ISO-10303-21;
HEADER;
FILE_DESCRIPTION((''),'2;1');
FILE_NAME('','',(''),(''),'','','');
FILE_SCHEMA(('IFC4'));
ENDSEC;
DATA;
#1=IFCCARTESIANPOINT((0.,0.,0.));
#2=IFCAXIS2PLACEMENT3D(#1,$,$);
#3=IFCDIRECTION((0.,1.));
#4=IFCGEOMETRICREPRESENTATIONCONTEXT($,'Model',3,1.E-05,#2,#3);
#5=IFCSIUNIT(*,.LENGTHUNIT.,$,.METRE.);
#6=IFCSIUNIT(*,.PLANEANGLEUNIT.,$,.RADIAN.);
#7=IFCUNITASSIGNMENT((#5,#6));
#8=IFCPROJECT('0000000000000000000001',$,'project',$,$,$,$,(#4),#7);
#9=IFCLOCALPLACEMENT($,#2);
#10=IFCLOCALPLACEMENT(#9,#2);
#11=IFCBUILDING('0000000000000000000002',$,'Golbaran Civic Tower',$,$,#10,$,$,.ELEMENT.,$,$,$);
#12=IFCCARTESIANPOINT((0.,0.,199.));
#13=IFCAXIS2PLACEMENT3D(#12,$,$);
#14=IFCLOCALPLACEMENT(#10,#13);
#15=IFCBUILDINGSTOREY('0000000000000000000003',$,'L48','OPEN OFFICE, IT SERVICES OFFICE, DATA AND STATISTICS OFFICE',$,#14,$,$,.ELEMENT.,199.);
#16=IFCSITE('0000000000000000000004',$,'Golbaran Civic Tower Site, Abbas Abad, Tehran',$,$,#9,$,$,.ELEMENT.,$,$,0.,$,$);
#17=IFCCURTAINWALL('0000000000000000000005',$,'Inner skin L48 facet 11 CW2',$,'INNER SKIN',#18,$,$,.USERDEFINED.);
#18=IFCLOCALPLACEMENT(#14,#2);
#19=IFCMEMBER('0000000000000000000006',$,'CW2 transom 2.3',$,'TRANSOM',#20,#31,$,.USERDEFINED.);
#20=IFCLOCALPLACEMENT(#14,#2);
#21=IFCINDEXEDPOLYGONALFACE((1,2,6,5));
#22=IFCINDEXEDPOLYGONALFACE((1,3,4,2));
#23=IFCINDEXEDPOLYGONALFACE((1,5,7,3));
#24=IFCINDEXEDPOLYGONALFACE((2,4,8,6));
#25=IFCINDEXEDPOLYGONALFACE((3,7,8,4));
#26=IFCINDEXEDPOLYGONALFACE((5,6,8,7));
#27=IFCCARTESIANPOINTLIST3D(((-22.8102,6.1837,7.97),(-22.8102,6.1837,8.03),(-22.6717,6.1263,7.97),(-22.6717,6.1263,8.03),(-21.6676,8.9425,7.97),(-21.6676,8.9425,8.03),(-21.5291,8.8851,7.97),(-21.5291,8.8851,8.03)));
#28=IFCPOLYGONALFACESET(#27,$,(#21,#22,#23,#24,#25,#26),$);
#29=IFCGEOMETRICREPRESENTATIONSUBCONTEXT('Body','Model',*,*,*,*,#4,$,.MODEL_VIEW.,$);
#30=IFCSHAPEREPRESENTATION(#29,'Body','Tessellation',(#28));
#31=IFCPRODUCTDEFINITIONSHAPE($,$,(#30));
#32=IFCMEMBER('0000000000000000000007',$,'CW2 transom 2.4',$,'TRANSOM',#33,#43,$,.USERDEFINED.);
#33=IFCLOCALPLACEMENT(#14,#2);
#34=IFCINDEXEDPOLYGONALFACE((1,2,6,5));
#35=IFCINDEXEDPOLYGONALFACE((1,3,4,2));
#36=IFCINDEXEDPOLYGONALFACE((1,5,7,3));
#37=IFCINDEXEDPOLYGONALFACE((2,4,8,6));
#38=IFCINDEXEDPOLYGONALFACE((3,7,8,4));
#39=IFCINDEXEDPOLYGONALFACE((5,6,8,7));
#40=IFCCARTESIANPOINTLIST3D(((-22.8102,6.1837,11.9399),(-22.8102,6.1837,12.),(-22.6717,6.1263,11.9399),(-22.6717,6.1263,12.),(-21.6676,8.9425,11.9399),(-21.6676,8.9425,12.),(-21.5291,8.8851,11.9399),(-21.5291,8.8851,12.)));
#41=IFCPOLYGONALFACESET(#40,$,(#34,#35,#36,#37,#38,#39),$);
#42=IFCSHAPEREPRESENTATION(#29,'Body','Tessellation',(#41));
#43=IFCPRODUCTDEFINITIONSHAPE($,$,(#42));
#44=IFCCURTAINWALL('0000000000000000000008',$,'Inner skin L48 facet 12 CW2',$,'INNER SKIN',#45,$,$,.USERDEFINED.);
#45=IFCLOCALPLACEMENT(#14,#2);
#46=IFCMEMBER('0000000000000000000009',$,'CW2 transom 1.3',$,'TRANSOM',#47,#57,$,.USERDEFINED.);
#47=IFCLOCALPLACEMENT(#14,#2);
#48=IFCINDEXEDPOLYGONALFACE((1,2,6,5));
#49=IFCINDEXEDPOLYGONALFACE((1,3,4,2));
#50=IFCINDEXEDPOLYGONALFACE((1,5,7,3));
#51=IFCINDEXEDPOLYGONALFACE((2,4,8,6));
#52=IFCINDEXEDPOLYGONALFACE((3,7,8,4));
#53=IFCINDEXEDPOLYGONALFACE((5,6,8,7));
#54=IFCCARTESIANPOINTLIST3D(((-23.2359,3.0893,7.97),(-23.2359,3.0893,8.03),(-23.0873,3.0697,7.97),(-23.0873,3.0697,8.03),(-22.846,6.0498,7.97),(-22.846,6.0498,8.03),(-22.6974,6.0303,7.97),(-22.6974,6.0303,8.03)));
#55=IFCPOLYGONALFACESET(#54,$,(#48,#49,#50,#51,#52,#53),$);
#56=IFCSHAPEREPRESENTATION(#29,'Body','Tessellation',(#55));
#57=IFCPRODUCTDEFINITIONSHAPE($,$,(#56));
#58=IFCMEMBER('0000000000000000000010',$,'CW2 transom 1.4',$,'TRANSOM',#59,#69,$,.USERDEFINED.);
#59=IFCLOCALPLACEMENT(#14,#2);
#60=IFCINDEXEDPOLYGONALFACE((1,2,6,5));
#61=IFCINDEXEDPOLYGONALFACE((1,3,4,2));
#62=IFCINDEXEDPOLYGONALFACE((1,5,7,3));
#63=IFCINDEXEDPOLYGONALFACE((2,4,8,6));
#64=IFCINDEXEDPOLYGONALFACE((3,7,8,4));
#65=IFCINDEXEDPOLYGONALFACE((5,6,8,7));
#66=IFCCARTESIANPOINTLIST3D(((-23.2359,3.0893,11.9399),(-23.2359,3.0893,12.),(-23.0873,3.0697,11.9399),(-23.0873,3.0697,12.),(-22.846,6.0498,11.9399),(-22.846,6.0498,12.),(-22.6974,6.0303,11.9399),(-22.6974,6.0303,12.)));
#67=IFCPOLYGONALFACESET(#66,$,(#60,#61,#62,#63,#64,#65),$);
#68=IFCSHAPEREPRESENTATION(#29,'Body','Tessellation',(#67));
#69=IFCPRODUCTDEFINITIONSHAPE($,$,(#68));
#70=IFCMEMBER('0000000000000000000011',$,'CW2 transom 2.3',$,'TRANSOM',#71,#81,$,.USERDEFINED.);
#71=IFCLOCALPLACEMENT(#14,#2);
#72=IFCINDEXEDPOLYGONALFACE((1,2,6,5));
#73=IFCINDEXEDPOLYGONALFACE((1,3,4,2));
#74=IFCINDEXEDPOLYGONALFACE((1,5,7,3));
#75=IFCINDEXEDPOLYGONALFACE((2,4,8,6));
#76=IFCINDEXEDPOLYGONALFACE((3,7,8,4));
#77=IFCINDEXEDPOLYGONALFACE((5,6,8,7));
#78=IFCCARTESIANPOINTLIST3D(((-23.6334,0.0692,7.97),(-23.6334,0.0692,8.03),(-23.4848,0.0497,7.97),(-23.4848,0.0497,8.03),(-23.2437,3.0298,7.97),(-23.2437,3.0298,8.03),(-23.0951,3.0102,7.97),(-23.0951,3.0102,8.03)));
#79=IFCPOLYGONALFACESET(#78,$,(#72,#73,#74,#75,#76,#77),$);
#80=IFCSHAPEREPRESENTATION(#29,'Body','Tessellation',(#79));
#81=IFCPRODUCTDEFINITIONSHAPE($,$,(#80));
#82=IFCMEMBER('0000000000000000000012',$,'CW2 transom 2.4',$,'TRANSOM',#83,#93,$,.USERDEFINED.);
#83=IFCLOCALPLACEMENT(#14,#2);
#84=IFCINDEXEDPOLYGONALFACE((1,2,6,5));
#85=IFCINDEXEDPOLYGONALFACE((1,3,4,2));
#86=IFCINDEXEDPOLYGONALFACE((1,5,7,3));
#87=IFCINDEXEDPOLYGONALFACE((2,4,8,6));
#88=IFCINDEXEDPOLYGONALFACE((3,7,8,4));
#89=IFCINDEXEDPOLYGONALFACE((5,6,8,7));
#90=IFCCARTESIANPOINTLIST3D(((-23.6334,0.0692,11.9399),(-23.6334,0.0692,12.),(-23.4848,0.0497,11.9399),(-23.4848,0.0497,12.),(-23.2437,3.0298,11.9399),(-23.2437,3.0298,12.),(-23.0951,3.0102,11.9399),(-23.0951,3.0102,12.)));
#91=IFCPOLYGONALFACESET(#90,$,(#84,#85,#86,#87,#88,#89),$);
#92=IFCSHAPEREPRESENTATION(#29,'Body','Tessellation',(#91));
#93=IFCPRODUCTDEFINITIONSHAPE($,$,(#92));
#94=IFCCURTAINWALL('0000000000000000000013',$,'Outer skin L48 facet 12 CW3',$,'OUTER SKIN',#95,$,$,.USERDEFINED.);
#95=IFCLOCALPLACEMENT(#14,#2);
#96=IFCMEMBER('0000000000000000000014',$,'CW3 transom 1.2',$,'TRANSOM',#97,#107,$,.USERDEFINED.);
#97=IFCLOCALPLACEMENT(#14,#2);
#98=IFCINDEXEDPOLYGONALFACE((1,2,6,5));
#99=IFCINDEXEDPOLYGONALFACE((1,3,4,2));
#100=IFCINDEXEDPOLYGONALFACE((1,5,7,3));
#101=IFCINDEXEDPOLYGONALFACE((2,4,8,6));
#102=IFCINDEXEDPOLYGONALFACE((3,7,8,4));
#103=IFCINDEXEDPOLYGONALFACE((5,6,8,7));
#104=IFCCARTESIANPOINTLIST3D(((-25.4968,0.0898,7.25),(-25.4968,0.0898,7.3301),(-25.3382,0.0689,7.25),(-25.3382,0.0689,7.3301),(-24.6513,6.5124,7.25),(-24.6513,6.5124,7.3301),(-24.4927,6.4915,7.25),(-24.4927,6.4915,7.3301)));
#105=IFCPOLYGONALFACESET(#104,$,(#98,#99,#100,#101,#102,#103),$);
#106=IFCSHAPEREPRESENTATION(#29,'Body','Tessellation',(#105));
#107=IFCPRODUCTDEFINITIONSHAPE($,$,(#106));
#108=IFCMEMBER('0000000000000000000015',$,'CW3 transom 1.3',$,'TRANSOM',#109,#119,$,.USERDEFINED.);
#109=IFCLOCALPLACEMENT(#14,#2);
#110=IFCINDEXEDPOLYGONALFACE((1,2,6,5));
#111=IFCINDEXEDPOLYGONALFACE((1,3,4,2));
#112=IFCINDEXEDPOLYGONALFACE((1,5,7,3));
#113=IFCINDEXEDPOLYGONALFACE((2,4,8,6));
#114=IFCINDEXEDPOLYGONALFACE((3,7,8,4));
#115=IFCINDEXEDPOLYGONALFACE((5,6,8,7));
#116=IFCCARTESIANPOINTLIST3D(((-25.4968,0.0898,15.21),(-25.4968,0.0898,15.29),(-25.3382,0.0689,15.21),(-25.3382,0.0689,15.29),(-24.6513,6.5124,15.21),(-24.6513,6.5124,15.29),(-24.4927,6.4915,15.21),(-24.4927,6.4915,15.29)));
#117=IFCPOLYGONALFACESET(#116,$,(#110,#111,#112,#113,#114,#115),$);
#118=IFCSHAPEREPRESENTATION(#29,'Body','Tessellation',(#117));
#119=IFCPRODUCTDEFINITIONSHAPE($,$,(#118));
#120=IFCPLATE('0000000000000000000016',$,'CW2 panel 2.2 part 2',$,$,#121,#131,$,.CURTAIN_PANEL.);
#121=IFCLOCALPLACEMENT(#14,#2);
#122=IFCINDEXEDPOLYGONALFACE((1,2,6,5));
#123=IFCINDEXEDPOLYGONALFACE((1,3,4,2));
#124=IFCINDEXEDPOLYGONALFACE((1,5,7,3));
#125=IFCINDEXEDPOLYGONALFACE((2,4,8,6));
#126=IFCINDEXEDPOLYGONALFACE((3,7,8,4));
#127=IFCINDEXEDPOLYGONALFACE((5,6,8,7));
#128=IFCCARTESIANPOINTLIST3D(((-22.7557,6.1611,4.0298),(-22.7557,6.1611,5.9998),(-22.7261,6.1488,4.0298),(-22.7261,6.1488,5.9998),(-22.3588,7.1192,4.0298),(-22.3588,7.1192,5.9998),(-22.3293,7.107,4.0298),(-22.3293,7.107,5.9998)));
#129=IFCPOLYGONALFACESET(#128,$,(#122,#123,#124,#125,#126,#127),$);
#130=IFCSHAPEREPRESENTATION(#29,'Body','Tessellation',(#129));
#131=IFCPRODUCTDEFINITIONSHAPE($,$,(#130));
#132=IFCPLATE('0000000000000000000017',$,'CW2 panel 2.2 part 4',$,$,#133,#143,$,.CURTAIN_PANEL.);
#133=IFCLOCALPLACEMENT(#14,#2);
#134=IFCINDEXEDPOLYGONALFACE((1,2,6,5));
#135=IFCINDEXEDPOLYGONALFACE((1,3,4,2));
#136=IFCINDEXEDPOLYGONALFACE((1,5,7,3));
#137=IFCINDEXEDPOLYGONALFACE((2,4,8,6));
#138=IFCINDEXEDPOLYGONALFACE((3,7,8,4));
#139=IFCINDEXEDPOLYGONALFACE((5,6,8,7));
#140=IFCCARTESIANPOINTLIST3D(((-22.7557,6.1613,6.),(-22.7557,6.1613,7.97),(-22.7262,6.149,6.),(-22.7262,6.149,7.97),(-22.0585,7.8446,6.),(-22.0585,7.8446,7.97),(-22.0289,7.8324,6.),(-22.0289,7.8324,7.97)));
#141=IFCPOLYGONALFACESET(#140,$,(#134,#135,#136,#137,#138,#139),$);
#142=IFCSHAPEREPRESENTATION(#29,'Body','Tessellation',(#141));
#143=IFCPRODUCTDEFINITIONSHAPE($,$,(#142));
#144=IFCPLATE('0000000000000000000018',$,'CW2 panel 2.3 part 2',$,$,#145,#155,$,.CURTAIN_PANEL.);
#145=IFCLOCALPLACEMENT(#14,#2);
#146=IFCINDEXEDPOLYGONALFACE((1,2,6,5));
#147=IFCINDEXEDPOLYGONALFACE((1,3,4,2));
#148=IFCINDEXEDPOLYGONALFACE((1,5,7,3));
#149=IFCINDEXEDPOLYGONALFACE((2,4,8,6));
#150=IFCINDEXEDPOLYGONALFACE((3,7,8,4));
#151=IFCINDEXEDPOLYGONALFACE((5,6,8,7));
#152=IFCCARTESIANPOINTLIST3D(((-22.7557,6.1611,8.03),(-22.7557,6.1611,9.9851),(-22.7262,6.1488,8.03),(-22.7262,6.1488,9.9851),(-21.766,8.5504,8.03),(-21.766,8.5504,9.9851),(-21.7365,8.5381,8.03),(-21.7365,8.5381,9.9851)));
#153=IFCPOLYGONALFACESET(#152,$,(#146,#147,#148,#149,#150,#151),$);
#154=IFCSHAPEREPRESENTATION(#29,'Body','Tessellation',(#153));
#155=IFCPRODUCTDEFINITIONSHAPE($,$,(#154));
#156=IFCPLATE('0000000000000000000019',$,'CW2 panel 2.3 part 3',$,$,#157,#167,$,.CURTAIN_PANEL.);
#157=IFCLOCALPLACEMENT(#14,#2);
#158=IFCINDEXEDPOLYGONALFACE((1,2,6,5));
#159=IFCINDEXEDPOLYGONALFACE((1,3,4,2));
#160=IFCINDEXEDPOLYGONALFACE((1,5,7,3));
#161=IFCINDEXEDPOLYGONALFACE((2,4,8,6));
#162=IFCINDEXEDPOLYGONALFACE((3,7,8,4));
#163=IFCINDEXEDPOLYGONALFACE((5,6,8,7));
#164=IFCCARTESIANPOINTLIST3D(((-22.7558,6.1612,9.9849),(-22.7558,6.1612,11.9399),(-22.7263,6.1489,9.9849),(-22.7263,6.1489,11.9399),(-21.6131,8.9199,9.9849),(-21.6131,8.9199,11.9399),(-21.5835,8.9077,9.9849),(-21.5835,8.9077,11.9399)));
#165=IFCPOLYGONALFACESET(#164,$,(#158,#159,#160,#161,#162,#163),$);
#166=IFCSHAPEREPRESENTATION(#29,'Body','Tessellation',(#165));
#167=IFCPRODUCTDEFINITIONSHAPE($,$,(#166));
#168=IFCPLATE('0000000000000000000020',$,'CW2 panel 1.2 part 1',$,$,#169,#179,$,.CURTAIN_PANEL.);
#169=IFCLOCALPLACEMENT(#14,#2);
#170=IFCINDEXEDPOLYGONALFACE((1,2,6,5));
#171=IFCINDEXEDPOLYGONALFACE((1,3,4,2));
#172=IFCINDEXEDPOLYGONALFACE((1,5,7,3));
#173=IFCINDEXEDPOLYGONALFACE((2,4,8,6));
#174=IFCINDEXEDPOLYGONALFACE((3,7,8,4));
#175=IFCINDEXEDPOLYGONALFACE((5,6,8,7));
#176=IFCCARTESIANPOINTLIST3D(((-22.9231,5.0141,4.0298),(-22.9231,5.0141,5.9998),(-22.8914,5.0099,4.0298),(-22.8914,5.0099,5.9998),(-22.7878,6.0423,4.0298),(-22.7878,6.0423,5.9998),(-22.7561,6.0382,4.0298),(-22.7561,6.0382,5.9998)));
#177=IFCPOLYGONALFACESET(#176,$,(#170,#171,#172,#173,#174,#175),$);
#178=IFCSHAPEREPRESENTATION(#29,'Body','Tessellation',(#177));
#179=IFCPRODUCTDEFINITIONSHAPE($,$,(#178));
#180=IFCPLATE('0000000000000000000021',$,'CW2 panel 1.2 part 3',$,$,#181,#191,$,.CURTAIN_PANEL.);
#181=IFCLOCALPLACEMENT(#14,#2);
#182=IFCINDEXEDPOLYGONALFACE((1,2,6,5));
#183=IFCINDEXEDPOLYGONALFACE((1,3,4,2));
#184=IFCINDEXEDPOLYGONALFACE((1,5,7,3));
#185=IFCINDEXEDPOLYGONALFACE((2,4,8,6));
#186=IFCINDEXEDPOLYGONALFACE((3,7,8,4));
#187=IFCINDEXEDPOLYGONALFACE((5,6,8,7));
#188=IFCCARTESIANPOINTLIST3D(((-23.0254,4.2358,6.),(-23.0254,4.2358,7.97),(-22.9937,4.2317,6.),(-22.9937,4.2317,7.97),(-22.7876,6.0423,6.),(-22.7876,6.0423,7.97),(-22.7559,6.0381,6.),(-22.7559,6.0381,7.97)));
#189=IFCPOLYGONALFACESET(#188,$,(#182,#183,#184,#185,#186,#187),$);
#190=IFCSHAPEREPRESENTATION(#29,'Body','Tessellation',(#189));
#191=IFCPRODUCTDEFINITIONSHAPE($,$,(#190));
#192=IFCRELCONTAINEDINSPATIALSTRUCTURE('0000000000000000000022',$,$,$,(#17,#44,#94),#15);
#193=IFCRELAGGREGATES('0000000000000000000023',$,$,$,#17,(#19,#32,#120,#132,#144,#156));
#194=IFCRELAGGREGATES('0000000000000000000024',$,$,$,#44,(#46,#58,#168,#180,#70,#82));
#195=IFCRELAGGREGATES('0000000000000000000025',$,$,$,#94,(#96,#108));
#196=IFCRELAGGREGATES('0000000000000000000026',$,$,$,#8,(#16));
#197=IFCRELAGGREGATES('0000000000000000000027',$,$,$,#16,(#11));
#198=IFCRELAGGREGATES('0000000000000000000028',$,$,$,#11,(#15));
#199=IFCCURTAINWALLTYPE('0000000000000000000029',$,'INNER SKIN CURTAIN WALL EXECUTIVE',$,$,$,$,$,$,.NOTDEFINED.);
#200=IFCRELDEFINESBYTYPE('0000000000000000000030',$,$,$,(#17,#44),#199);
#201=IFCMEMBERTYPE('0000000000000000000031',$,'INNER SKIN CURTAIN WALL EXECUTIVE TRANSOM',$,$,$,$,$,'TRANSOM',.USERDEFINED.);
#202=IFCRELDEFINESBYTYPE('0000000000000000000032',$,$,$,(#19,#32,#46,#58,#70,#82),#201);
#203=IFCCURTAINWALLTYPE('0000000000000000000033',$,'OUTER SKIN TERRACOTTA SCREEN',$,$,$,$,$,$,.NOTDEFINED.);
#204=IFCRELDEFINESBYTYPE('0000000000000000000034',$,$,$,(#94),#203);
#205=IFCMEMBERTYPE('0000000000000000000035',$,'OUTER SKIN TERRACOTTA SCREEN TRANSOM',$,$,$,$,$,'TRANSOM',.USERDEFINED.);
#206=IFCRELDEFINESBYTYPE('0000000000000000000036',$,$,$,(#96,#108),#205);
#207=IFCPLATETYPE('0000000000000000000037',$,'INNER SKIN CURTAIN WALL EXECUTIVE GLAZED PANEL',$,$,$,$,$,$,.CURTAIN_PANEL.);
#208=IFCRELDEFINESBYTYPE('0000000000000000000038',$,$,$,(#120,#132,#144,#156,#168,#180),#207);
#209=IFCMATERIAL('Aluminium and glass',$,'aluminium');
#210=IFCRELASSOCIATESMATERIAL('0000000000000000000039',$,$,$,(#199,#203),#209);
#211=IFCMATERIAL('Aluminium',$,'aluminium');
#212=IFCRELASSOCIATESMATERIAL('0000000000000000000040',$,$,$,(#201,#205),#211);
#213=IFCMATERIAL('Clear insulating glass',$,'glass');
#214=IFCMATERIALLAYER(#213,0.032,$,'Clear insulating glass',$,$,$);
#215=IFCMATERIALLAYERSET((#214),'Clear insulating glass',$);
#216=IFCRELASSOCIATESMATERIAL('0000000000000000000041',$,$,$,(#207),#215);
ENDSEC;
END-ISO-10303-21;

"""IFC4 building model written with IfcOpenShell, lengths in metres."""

from ifc_helpers import new_model, si_unit, direction, frame, origin, origin_2d, place, context, subcontext, project, spatial, rectangle, extrude, material, layer, layer_set, material_profile, profile_set, type_object, element, aggregate, save


model = new_model("IFC4")

# Units and contexts
model_context = context("Model", 3, precision=1e-05, world=origin(), true_north=direction((0.0, 1.0)))
body_context = subcontext(model_context, "Body", "Model", "MODEL_VIEW")
ifc_project = project(units=[si_unit("LENGTHUNIT", "METRE"), si_unit("PLANEANGLEUNIT", "RADIAN")], contexts=[model_context])

# Site, building, storey
site_placement = place(None, origin())
site = spatial("IfcSite", under=ifc_project, at=site_placement, Name="Golbaran Civic Tower Site, Abbas Abad, Tehran", CompositionType="ELEMENT", RefElevation=0.0)
building_placement = place(site_placement, origin())
building = spatial("IfcBuilding", under=site, at=building_placement, Name="Golbaran Civic Tower", CompositionType="ELEMENT")
storey_placement = place(building_placement, frame((0.0, 0.0, 199.0)))
storey = spatial("IfcBuildingStorey", under=building, at=storey_placement, Name="L48", Description="OPEN OFFICE, IT SERVICES OFFICE, DATA AND STATISTICS OFFICE", CompositionType="ELEMENT", Elevation=199.0)

# Curtain walls, members
ifc_material_1 = material(Name="Aluminium and glass", Category="aluminium")
curtain_wall_type_1 = type_object("IfcCurtainWallType", Name="INNER SKIN CURTAIN WALL EXECUTIVE", PredefinedType="NOTDEFINED", material=ifc_material_1)
curtain_wall_1_placement = place(storey_placement, origin())
curtain_wall_1 = element("IfcCurtainWall", 1, at=curtain_wall_1_placement, inside=storey, type_object=curtain_wall_type_1, Name="Inner skin L48 facet 11 CW2", ObjectType="INNER SKIN", PredefinedType="USERDEFINED")
ifc_material_2 = material(Name="Aluminium", Category="aluminium")
ifc_material_profile_1 = material_profile(ifc_material_2, rectangle(XDim=0.1499, YDim=0.0601, at=origin_2d()), Name="INNER SKIN CURTAIN WALL EXECUTIVE TRANSOM")
ifc_profile_set_1 = profile_set([ifc_material_profile_1], Name="Aluminium")
member_type_1 = type_object("IfcMemberType", Name="INNER SKIN CURTAIN WALL EXECUTIVE TRANSOM", ElementType="TRANSOM", PredefinedType="USERDEFINED", material=ifc_profile_set_1)
member_1_placement = place(storey_placement, frame((-21.5984, 8.9138, 8.0), z_axis=(-0.382641, -0.923897, 0.0), x_axis=(0.923897, -0.382641, 0.0)))
member_1 = element("IfcMember", 2, at=member_1_placement, type_object=member_type_1, Name="CW2 transom 2.3", ObjectType="TRANSOM", PredefinedType="USERDEFINED", context=body_context, shape_type="SweptSolid", body=[
    extrude(rectangle(XDim=0.1499, YDim=0.0601, at=origin_2d()), origin(), (0.0, 0.0, 1.0), 2.9861),
])
member_2_placement = place(storey_placement, frame((-21.5984, 8.9138, 11.97), z_axis=(-0.382641, -0.923897, 0.0), x_axis=(0.923897, -0.382641, 0.0)))
member_2 = element("IfcMember", 3, at=member_2_placement, type_object=member_type_1, Name="CW2 transom 2.4", ObjectType="TRANSOM", PredefinedType="USERDEFINED", context=body_context, shape_type="SweptSolid", body=[
    extrude(rectangle(XDim=0.1499, YDim=0.0601, at=origin_2d()), origin(), (0.0, 0.0, 1.0), 2.9861),
])
curtain_wall_2_placement = place(storey_placement, origin())
curtain_wall_2 = element("IfcCurtainWall", 4, at=curtain_wall_2_placement, inside=storey, type_object=curtain_wall_type_1, Name="Inner skin L48 facet 12 CW2", ObjectType="INNER SKIN", PredefinedType="USERDEFINED")
member_3_placement = place(storey_placement, frame((-22.7717, 6.04, 8.0), z_axis=(-0.130573, -0.991439, 0.0), x_axis=(0.991439, -0.130573, 0.0)))
member_3 = element("IfcMember", 5, at=member_3_placement, type_object=member_type_1, Name="CW2 transom 1.3", ObjectType="TRANSOM", PredefinedType="USERDEFINED", context=body_context, shape_type="SweptSolid", body=[
    extrude(rectangle(XDim=0.1499, YDim=0.0601, at=origin_2d()), origin(), (0.0, 0.0, 1.0), 2.9861),
])
member_4_placement = place(storey_placement, frame((-22.7717, 6.04, 11.97), z_axis=(-0.130573, -0.991439, 0.0), x_axis=(0.991439, -0.130573, 0.0)))
member_4 = element("IfcMember", 6, at=member_4_placement, type_object=member_type_1, Name="CW2 transom 1.4", ObjectType="TRANSOM", PredefinedType="USERDEFINED", context=body_context, shape_type="SweptSolid", body=[
    extrude(rectangle(XDim=0.1499, YDim=0.0601, at=origin_2d()), origin(), (0.0, 0.0, 1.0), 2.9861),
])
member_5_placement = place(storey_placement, frame((-23.1694, 3.02, 8.0), z_axis=(-0.130493, -0.991449, 0.0), x_axis=(0.991449, -0.130493, 0.0)))
member_5 = element("IfcMember", 7, at=member_5_placement, type_object=member_type_1, Name="CW2 transom 2.3", ObjectType="TRANSOM", PredefinedType="USERDEFINED", context=body_context, shape_type="SweptSolid", body=[
    extrude(rectangle(XDim=0.1499, YDim=0.0601, at=origin_2d()), origin(), (0.0, 0.0, 1.0), 2.9861),
])
member_6_placement = place(storey_placement, frame((-23.1694, 3.02, 11.97), z_axis=(-0.130493, -0.991449, 0.0), x_axis=(0.991449, -0.130493, 0.0)))
member_6 = element("IfcMember", 8, at=member_6_placement, type_object=member_type_1, Name="CW2 transom 2.4", ObjectType="TRANSOM", PredefinedType="USERDEFINED", context=body_context, shape_type="SweptSolid", body=[
    extrude(rectangle(XDim=0.1499, YDim=0.0601, at=origin_2d()), origin(), (0.0, 0.0, 1.0), 2.9861),
])
curtain_wall_type_2 = type_object("IfcCurtainWallType", Name="OUTER SKIN TERRACOTTA SCREEN", PredefinedType="NOTDEFINED", material=ifc_material_1)
curtain_wall_3_placement = place(storey_placement, origin())
curtain_wall_3 = element("IfcCurtainWall", 9, at=curtain_wall_3_placement, inside=storey, type_object=curtain_wall_type_2, Name="Outer skin L48 facet 12 CW3", ObjectType="OUTER SKIN", PredefinedType="USERDEFINED")
ifc_material_profile_2 = material_profile(ifc_material_2, rectangle(XDim=0.1599, YDim=0.0801, at=origin_2d()), Name="OUTER SKIN TERRACOTTA SCREEN TRANSOM")
ifc_profile_set_2 = profile_set([ifc_material_profile_2], Name="Aluminium")
member_type_2 = type_object("IfcMemberType", Name="OUTER SKIN TERRACOTTA SCREEN TRANSOM", ElementType="TRANSOM", PredefinedType="USERDEFINED", material=ifc_profile_set_2)
member_7_placement = place(storey_placement, frame((-24.572, 6.502, 7.29), z_axis=(-0.130512, -0.991447, 0.0), x_axis=(0.991447, -0.130512, 0.0)))
member_7 = element("IfcMember", 10, at=member_7_placement, type_object=member_type_2, Name="CW3 transom 1.2", ObjectType="TRANSOM", PredefinedType="USERDEFINED", context=body_context, shape_type="SweptSolid", body=[
    extrude(rectangle(XDim=0.1599, YDim=0.0801, at=origin_2d()), origin(), (0.0, 0.0, 1.0), 6.478),
])
member_8_placement = place(storey_placement, frame((-24.572, 6.502, 15.25), z_axis=(-0.130512, -0.991447, 0.0), x_axis=(0.991447, -0.130512, 0.0)))
member_8 = element("IfcMember", 11, at=member_8_placement, type_object=member_type_2, Name="CW3 transom 1.3", ObjectType="TRANSOM", PredefinedType="USERDEFINED", context=body_context, shape_type="SweptSolid", body=[
    extrude(rectangle(XDim=0.1599, YDim=0.0801, at=origin_2d()), origin(), (0.0, 0.0, 1.0), 6.478),
])

# Plates
ifc_material_3 = material(Name="Clear insulating glass", Category="glass")
ifc_layer_1 = layer(ifc_material_3, 0.032, Name="Clear insulating glass")
ifc_layer_set_1 = layer_set([ifc_layer_1], Name="Clear insulating glass")
plate_type_1 = type_object("IfcPlateType", Name="INNER SKIN CURTAIN WALL EXECUTIVE GLAZED PANEL", PredefinedType="CURTAIN_PANEL", material=ifc_layer_set_1)
plate_1_placement = place(storey_placement, frame((-22.5425, 6.634, 4.0298), z_axis=(0.0, 0.0, 1.0), x_axis=(-0.382683, -0.92388, 0.0)))
plate_1 = element("IfcPlate", 12, at=plate_1_placement, type_object=plate_type_1, Name="CW2 panel 2.2 part 2", PredefinedType="CURTAIN_PANEL", context=body_context, shape_type="SweptSolid", body=[
    extrude(rectangle(XDim=1.0371, YDim=0.032, at=origin_2d()), origin(), (0.0, 0.0, 1.0), 1.97),
])
plate_2_placement = place(storey_placement, frame((-22.3923, 6.9968, 6.0), z_axis=(0.0, 0.0, 1.0), x_axis=(-0.382683, -0.92388, 0.0)))
plate_2 = element("IfcPlate", 13, at=plate_2_placement, type_object=plate_type_1, Name="CW2 panel 2.2 part 4", PredefinedType="CURTAIN_PANEL", context=body_context, shape_type="SweptSolid", body=[
    extrude(rectangle(XDim=1.822, YDim=0.032, at=origin_2d()), origin(), (0.0, 0.0, 1.0), 1.97),
])
plate_3_placement = place(storey_placement, frame((-22.2461, 7.3496, 8.03), z_axis=(0.0, 0.0, 1.0), x_axis=(-0.382683, -0.92388, 0.0)))
plate_3 = element("IfcPlate", 14, at=plate_3_placement, type_object=plate_type_1, Name="CW2 panel 2.3 part 2", PredefinedType="CURTAIN_PANEL", context=body_context, shape_type="SweptSolid", body=[
    extrude(rectangle(XDim=2.5862, YDim=0.032, at=origin_2d()), origin(), (0.0, 0.0, 1.0), 1.9551),
])
plate_4_placement = place(storey_placement, frame((-22.1697, 7.5344, 9.9849), z_axis=(0.0, 0.0, 1.0), x_axis=(-0.382683, -0.92388, 0.0)))
plate_4 = element("IfcPlate", 15, at=plate_4_placement, type_object=plate_type_1, Name="CW2 panel 2.3 part 3", PredefinedType="CURTAIN_PANEL", context=body_context, shape_type="SweptSolid", body=[
    extrude(rectangle(XDim=2.9861, YDim=0.032, at=origin_2d()), origin(), (0.0, 0.0, 1.0), 1.9551),
])
plate_5_placement = place(storey_placement, frame((-22.8396, 5.5261, 4.0298), z_axis=(0.0, 0.0, 1.0), x_axis=(-0.130526, -0.991445, 0.0)))
plate_5 = element("IfcPlate", 16, at=plate_5_placement, type_object=plate_type_1, Name="CW2 panel 1.2 part 1", PredefinedType="CURTAIN_PANEL", context=body_context, shape_type="SweptSolid", body=[
    extrude(rectangle(XDim=1.0371, YDim=0.032, at=origin_2d()), origin(), (0.0, 0.0, 1.0), 1.97),
])
plate_6_placement = place(storey_placement, frame((-22.8906, 5.137, 6.0), z_axis=(0.0, 0.0, 1.0), x_axis=(-0.130526, -0.991445, 0.0)))
plate_6 = element("IfcPlate", 17, at=plate_6_placement, type_object=plate_type_1, Name="CW2 panel 1.2 part 3", PredefinedType="CURTAIN_PANEL", context=body_context, shape_type="SweptSolid", body=[
    extrude(rectangle(XDim=1.822, YDim=0.032, at=origin_2d()), origin(), (0.0, 0.0, 1.0), 1.97),
])
aggregate(curtain_wall_1, [member_1, member_2, plate_1, plate_2, plate_3, plate_4])
aggregate(curtain_wall_2, [member_3, member_4, plate_5, plate_6, member_5, member_6])
aggregate(curtain_wall_3, [member_7, member_8])

save(model, "model.ifc")
